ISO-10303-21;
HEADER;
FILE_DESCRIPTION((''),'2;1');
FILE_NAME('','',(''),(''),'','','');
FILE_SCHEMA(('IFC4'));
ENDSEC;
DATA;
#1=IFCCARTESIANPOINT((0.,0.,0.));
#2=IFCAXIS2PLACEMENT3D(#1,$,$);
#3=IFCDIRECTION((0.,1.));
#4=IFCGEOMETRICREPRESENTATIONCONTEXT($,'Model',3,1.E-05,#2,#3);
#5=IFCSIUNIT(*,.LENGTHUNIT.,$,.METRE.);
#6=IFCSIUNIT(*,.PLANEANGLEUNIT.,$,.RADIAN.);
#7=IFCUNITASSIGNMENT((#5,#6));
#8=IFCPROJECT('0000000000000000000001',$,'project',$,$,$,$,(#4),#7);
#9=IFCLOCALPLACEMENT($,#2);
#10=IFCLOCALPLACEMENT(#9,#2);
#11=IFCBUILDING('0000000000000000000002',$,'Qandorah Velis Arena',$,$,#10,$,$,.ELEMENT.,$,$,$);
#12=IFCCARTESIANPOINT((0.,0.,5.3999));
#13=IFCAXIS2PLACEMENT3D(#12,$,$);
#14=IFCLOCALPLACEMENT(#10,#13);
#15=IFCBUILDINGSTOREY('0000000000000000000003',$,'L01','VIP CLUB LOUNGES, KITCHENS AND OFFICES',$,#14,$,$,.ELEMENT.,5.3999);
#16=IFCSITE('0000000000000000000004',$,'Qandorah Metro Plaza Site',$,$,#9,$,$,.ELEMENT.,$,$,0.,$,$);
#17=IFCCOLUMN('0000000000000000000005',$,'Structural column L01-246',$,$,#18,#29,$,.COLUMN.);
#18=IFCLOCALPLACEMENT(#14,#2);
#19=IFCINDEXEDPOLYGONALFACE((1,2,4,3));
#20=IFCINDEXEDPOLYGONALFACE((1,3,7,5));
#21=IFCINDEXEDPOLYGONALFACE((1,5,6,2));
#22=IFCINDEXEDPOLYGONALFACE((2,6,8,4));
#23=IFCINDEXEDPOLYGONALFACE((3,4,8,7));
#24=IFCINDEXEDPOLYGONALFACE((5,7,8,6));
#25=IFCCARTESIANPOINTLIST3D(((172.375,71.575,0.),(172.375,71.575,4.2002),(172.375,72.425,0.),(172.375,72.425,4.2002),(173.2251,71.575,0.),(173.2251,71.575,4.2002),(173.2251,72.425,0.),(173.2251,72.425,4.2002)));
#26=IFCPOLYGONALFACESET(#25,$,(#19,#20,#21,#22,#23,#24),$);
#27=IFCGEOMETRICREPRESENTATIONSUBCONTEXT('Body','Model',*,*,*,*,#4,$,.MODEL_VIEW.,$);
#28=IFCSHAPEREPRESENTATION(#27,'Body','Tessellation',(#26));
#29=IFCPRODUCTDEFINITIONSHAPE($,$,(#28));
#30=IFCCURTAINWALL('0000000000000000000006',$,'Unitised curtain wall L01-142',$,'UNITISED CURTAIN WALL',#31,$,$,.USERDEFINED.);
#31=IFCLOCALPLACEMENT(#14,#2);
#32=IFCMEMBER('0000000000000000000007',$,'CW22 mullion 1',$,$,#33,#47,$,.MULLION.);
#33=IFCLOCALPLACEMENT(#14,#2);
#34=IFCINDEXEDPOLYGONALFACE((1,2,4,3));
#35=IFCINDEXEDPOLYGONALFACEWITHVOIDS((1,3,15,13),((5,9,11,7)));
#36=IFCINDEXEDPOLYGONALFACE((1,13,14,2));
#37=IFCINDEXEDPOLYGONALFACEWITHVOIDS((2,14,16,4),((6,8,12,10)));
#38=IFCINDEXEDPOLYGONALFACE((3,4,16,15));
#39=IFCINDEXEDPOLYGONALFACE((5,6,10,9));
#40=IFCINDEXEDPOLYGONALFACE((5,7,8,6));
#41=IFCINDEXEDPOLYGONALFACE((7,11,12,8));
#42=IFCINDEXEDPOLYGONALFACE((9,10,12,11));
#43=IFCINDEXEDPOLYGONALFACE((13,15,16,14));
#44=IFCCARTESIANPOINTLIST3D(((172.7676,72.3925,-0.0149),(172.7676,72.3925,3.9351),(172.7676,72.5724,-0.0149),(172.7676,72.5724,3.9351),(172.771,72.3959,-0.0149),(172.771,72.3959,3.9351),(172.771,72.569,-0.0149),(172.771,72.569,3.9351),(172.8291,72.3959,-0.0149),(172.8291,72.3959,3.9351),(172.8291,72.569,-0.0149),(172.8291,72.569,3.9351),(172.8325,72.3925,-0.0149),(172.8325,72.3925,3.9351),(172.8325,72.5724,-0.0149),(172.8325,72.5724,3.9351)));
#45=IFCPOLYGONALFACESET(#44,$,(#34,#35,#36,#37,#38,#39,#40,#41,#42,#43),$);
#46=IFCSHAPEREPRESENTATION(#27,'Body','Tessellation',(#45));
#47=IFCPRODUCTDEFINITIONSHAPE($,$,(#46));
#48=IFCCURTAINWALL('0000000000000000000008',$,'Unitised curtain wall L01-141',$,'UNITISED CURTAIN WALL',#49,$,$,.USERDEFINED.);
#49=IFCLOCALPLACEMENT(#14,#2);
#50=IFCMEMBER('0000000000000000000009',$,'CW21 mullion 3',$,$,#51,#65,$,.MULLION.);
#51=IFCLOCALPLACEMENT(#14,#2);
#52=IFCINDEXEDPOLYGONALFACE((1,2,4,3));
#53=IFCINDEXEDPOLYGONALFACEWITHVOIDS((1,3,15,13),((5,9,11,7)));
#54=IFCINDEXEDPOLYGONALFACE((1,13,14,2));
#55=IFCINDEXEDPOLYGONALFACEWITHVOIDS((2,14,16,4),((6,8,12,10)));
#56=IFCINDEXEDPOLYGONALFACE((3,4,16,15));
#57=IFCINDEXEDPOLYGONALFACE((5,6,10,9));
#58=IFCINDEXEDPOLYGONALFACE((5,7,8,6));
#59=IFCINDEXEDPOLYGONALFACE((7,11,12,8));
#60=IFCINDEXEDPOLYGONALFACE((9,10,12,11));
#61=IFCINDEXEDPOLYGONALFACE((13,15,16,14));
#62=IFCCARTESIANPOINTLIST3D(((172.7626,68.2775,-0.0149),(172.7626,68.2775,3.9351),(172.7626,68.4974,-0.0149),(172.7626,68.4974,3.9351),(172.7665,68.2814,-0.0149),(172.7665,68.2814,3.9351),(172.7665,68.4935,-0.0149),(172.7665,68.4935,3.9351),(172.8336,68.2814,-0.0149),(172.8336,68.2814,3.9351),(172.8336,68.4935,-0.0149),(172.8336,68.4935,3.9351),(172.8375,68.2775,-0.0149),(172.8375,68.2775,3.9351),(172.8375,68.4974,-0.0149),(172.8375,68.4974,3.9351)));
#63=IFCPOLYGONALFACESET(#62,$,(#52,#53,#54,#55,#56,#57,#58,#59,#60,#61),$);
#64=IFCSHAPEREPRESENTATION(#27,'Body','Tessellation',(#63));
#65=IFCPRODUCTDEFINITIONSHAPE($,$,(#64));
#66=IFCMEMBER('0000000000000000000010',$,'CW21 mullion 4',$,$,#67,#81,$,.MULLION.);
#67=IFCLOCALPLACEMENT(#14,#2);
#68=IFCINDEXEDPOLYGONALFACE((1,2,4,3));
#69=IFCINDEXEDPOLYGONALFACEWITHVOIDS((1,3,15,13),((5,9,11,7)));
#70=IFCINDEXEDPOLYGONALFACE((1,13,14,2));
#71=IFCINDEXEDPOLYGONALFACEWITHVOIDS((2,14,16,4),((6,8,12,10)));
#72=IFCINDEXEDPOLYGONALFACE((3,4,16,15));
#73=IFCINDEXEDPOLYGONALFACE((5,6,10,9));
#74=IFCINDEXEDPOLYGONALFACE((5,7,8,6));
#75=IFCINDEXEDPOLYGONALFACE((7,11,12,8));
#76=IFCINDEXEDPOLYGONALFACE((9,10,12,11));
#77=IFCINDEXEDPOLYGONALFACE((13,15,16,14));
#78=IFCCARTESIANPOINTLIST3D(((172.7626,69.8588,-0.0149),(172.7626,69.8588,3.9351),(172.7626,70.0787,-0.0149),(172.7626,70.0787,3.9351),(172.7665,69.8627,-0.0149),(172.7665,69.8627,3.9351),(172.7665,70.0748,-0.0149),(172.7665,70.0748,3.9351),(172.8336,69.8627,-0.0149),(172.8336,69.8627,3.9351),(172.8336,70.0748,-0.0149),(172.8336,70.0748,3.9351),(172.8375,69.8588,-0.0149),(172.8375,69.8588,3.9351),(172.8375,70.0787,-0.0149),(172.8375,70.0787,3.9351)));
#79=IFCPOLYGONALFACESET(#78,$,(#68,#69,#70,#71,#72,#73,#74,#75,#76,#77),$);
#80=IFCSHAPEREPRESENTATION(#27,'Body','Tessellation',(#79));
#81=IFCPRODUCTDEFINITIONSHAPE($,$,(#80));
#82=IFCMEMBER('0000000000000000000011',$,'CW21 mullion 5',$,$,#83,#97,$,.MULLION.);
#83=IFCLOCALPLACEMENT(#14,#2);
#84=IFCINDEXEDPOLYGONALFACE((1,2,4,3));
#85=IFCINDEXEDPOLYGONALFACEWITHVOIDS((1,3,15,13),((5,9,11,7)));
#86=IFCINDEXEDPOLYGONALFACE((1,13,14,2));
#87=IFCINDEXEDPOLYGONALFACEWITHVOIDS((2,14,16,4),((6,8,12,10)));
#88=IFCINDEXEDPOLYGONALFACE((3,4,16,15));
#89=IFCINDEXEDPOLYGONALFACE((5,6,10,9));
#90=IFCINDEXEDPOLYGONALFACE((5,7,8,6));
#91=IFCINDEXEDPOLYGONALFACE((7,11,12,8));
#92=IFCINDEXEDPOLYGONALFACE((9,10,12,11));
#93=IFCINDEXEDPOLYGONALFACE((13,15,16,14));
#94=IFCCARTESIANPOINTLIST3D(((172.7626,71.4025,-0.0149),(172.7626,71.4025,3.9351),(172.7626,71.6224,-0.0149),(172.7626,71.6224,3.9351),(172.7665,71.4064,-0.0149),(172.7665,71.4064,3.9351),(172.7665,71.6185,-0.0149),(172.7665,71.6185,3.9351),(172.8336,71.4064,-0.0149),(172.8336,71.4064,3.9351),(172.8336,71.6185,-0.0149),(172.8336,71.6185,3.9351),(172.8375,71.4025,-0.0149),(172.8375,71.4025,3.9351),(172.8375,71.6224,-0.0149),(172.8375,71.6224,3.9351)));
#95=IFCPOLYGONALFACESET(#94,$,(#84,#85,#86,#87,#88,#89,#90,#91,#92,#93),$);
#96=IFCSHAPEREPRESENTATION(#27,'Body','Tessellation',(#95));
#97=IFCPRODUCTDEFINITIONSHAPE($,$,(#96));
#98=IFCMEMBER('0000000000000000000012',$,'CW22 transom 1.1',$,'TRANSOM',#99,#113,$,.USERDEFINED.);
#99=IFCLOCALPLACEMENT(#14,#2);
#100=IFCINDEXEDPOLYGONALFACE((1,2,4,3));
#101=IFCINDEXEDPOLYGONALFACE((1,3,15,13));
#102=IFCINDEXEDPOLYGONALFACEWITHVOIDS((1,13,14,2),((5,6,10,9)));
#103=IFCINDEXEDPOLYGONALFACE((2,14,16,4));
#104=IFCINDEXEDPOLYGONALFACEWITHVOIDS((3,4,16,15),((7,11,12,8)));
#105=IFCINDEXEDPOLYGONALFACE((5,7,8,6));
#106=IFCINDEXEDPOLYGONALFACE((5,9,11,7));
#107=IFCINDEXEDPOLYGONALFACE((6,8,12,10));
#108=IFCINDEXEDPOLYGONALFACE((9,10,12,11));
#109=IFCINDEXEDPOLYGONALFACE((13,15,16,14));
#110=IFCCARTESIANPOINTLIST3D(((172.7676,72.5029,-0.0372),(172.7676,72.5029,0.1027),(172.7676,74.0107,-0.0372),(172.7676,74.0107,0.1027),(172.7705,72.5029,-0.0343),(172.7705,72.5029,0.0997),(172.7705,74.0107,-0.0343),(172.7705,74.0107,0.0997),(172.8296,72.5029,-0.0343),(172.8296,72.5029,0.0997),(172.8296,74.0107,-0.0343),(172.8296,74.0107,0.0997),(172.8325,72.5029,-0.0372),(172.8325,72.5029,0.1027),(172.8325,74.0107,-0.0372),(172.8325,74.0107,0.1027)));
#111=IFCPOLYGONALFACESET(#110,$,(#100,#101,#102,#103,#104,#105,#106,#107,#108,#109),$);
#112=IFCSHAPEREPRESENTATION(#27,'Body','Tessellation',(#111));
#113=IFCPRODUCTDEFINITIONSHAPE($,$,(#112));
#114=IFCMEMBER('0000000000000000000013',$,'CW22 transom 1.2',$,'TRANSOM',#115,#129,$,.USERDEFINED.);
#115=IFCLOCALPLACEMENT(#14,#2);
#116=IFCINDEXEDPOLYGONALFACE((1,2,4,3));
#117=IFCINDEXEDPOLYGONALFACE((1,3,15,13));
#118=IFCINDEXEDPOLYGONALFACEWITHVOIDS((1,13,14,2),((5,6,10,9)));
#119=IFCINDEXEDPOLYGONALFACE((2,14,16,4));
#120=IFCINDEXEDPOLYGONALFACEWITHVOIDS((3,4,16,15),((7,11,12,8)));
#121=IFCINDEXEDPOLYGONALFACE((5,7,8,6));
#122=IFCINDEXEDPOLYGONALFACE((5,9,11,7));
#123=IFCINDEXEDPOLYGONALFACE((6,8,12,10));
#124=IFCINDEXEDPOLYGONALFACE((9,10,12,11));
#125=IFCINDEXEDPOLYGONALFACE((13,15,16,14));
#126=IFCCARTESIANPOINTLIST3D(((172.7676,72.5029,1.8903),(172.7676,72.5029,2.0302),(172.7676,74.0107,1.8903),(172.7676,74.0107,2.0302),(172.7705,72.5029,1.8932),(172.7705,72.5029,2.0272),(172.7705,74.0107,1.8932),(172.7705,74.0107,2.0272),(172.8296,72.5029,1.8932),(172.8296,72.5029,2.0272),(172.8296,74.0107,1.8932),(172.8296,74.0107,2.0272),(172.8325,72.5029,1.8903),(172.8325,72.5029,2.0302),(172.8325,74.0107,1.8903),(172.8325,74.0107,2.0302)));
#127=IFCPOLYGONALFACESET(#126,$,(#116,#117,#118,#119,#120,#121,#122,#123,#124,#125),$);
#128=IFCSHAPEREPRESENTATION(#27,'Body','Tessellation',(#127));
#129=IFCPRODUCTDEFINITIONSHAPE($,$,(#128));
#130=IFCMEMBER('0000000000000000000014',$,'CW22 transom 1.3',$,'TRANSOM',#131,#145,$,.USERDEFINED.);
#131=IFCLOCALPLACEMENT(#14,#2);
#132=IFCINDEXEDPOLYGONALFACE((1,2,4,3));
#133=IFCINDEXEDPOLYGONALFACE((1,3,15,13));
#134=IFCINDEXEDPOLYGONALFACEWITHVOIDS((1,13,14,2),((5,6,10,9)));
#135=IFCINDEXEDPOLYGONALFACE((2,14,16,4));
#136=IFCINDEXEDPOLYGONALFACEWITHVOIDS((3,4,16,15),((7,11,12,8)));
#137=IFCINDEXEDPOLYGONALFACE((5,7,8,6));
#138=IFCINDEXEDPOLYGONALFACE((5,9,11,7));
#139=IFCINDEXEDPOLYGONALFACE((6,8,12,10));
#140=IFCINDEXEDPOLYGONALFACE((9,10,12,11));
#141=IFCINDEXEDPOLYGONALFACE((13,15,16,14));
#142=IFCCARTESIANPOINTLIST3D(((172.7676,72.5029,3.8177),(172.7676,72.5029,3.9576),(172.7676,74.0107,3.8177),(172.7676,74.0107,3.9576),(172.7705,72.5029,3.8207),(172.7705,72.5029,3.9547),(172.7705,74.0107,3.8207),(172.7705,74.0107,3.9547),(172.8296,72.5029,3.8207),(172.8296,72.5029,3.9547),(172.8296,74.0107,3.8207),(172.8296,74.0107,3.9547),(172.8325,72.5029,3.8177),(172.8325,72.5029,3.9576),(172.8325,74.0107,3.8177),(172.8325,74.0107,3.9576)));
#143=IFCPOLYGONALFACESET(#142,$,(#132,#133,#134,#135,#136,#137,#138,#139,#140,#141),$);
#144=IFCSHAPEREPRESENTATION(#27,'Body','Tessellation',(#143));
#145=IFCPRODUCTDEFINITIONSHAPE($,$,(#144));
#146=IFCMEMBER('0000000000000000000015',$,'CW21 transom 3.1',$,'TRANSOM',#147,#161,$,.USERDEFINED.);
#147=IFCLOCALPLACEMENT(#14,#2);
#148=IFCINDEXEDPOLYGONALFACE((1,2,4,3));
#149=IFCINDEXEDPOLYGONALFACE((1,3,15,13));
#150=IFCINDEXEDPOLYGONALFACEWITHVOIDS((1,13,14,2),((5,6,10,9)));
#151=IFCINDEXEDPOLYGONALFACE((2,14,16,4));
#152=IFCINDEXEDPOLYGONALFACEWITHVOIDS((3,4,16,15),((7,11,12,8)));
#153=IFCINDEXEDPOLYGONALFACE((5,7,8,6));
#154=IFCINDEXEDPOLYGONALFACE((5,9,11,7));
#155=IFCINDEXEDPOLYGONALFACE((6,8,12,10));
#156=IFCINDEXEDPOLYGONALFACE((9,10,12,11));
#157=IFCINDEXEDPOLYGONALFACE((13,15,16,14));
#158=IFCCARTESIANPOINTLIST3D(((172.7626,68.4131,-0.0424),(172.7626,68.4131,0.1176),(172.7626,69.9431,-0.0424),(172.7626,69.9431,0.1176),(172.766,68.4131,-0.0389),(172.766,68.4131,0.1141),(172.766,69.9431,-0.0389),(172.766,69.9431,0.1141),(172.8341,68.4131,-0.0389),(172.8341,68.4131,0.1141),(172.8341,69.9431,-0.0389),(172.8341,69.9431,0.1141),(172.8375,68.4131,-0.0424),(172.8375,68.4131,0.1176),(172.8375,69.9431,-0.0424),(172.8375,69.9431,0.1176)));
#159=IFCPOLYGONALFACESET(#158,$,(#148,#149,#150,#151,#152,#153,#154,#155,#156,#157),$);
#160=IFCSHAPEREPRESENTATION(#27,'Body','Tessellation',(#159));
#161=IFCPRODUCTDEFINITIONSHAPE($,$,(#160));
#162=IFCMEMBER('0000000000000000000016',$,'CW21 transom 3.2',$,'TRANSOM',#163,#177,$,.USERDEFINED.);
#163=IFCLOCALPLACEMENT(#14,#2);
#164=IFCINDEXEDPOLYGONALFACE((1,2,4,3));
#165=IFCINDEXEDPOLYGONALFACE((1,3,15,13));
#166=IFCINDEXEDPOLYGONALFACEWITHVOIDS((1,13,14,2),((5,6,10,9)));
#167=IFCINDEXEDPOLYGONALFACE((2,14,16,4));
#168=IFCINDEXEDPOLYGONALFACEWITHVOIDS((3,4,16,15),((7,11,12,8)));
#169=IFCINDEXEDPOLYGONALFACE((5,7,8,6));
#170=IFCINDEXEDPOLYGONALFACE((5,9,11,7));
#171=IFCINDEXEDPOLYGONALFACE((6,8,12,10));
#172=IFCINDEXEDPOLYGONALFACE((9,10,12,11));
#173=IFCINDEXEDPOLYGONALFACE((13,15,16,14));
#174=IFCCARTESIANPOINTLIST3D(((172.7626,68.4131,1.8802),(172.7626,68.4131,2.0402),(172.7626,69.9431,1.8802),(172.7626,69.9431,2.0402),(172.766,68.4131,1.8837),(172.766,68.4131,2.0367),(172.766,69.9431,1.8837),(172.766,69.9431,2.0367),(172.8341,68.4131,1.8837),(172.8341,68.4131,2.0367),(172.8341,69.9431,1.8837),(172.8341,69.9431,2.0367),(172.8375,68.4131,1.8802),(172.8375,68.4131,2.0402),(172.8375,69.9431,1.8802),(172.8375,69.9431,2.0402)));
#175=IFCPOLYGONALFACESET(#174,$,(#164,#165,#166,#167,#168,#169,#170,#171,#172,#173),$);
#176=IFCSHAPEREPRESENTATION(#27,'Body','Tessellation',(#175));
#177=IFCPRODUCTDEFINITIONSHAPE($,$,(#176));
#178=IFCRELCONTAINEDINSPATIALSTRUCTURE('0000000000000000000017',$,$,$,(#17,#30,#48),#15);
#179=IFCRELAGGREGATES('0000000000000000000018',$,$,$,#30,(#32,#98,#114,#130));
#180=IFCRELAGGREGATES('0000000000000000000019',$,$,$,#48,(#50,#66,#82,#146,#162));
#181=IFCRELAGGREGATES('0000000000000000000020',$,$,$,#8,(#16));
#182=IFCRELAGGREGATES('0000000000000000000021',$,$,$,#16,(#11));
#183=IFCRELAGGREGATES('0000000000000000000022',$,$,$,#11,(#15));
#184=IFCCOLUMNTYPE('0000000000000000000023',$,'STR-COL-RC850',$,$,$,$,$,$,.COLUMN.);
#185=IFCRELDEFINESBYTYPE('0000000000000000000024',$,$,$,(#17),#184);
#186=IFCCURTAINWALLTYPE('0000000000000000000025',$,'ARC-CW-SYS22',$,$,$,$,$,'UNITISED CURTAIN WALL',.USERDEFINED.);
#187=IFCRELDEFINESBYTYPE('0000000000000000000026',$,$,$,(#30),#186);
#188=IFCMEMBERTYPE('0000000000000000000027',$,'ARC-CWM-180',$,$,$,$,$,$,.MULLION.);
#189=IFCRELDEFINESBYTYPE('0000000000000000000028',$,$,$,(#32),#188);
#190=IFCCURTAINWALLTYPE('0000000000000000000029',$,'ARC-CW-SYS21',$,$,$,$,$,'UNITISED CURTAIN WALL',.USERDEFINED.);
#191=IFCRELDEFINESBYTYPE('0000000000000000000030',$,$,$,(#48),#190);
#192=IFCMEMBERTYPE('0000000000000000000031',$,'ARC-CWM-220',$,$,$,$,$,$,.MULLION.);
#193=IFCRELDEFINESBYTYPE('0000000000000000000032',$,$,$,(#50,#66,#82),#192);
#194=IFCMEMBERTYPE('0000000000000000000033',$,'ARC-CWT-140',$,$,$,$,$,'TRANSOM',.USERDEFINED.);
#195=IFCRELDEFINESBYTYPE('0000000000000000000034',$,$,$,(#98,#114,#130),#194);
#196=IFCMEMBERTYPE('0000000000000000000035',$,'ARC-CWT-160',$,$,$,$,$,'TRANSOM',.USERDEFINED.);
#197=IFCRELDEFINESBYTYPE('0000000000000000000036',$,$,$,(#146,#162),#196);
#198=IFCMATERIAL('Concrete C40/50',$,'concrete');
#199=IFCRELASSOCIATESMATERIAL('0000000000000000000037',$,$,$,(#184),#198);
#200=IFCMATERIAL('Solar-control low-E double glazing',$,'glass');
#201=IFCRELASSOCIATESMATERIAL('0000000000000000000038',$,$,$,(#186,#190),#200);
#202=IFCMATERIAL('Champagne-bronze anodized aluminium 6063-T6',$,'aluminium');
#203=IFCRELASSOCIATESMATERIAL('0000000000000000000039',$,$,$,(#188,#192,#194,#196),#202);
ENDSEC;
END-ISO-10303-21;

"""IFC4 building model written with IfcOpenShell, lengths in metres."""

from ifc_helpers import new_model, si_unit, direction, frame, origin, origin_2d, place, context, subcontext, project, spatial, rectangle, hollow_rectangle, extrude, material, material_profile, profile_set, type_object, element, aggregate, save


model = new_model("IFC4")

# Units and contexts
model_context = context("Model", 3, precision=1e-05, world=origin(), true_north=direction((0.0, 1.0)))
body_context = subcontext(model_context, "Body", "Model", "MODEL_VIEW")
ifc_project = project(units=[si_unit("LENGTHUNIT", "METRE"), si_unit("PLANEANGLEUNIT", "RADIAN")], contexts=[model_context])

# Site, building, storey
site_placement = place(None, origin())
site = spatial("IfcSite", under=ifc_project, at=site_placement, Name="Qandorah Metro Plaza Site", CompositionType="ELEMENT", RefElevation=0.0)
building_placement = place(site_placement, origin())
building = spatial("IfcBuilding", under=site, at=building_placement, Name="Qandorah Velis Arena", CompositionType="ELEMENT")
storey_placement = place(building_placement, frame((0.0, 0.0, 5.3999)))
storey = spatial("IfcBuildingStorey", under=building, at=storey_placement, Name="L01", Description="VIP CLUB LOUNGES, KITCHENS AND OFFICES", CompositionType="ELEMENT", Elevation=5.3999)

# Column
ifc_material_1 = material(Name="Concrete C40/50", Category="concrete")
ifc_material_profile_1 = material_profile(ifc_material_1, rectangle(XDim=0.8501, YDim=0.8501, at=origin_2d()), Name="RC COL 850x850")
ifc_profile_set_1 = profile_set([ifc_material_profile_1], Name="Concrete C40/50")
column_type = type_object("IfcColumnType", Name="STR-COL-RC850", PredefinedType="COLUMN", material=ifc_profile_set_1)
column_placement = place(storey_placement, frame((172.8, 72.0, 0.0), z_axis=(0.0, 0.0, 1.0), x_axis=(1.0, 0.0, 0.0)))
element("IfcColumn", 1, at=column_placement, inside=storey, type_object=column_type, Name="Structural column L01-246", PredefinedType="COLUMN", context=body_context, shape_type="SweptSolid", body=[
    extrude(rectangle(XDim=0.8501, YDim=0.8501, at=origin_2d()), origin(), (0.0, 0.0, 1.0), 4.2002),
])

# Curtain wall, member
ifc_material_2 = material(Name="Solar-control low-E double glazing", Category="glass")
curtain_wall_type_1 = type_object("IfcCurtainWallType", Name="ARC-CW-SYS22", ElementType="UNITISED CURTAIN WALL", PredefinedType="USERDEFINED", material=ifc_material_2)
curtain_wall_1_placement = place(storey_placement, origin())
curtain_wall_1 = element("IfcCurtainWall", 2, at=curtain_wall_1_placement, inside=storey, type_object=curtain_wall_type_1, Name="Unitised curtain wall L01-142", ObjectType="UNITISED CURTAIN WALL", PredefinedType="USERDEFINED")
ifc_material_3 = material(Name="Champagne-bronze anodized aluminium 6063-T6", Category="aluminium")
ifc_material_profile_2 = material_profile(ifc_material_3, hollow_rectangle(XDim=0.0649, YDim=0.1799, WallThickness=0.0034, at=origin_2d()), Name="ALU MULLION 65x180")
ifc_profile_set_2 = profile_set([ifc_material_profile_2], Name="Champagne-bronze anodized aluminium 6063-T6")
member_type_1 = type_object("IfcMemberType", Name="ARC-CWM-180", PredefinedType="MULLION", material=ifc_profile_set_2)
member_1_placement = place(storey_placement, frame((172.8, 72.4824, -0.0149), z_axis=(0.0, 0.0, 1.0), x_axis=(-1.0, 0.0, 0.0)))
member_1 = element("IfcMember", 3, at=member_1_placement, type_object=member_type_1, Name="CW22 mullion 1", PredefinedType="MULLION", context=body_context, shape_type="SweptSolid", body=[
    extrude(hollow_rectangle(XDim=0.0649, YDim=0.1799, WallThickness=0.0034, at=origin_2d()), origin(), (0.0, 0.0, 1.0), 3.95),
])

# Curtain wall, members
curtain_wall_type_2 = type_object("IfcCurtainWallType", Name="ARC-CW-SYS21", ElementType="UNITISED CURTAIN WALL", PredefinedType="USERDEFINED", material=ifc_material_2)
curtain_wall_2_placement = place(storey_placement, origin())
curtain_wall_2 = element("IfcCurtainWall", 4, at=curtain_wall_2_placement, inside=storey, type_object=curtain_wall_type_2, Name="Unitised curtain wall L01-141", ObjectType="UNITISED CURTAIN WALL", PredefinedType="USERDEFINED")
ifc_material_profile_3 = material_profile(ifc_material_3, hollow_rectangle(XDim=0.075, YDim=0.22, WallThickness=0.0039, at=origin_2d()), Name="ALU MULLION 75x220")
ifc_profile_set_3 = profile_set([ifc_material_profile_3], Name="Champagne-bronze anodized aluminium 6063-T6")
member_type_2 = type_object("IfcMemberType", Name="ARC-CWM-220", PredefinedType="MULLION", material=ifc_profile_set_3)
member_2_placement = place(storey_placement, frame((172.8, 68.3875, -0.0149), z_axis=(0.0, 0.0, 1.0), x_axis=(-1.0, 0.0, 0.0)))
member_2 = element("IfcMember", 5, at=member_2_placement, type_object=member_type_2, Name="CW21 mullion 3", PredefinedType="MULLION", context=body_context, shape_type="SweptSolid", body=[
    extrude(hollow_rectangle(XDim=0.075, YDim=0.22, WallThickness=0.0039, at=origin_2d()), origin(), (0.0, 0.0, 1.0), 3.95),
])
member_3_placement = place(storey_placement, frame((172.8, 69.9688, -0.0149), z_axis=(0.0, 0.0, 1.0), x_axis=(-1.0, 0.0, 0.0)))
member_3 = element("IfcMember", 6, at=member_3_placement, type_object=member_type_2, Name="CW21 mullion 4", PredefinedType="MULLION", context=body_context, shape_type="SweptSolid", body=[
    extrude(hollow_rectangle(XDim=0.075, YDim=0.22, WallThickness=0.0039, at=origin_2d()), origin(), (0.0, 0.0, 1.0), 3.95),
])
member_4_placement = place(storey_placement, frame((172.8, 71.5125, -0.0149), z_axis=(0.0, 0.0, 1.0), x_axis=(-1.0, 0.0, 0.0)))
member_4 = element("IfcMember", 7, at=member_4_placement, type_object=member_type_2, Name="CW21 mullion 5", PredefinedType="MULLION", context=body_context, shape_type="SweptSolid", body=[
    extrude(hollow_rectangle(XDim=0.075, YDim=0.22, WallThickness=0.0039, at=origin_2d()), origin(), (0.0, 0.0, 1.0), 3.95),
])

# Members
ifc_material_profile_4 = material_profile(ifc_material_3, hollow_rectangle(XDim=0.0649, YDim=0.1399, WallThickness=0.0029, at=origin_2d()), Name="ALU TRANSOM 65x140")
ifc_profile_set_4 = profile_set([ifc_material_profile_4], Name="Champagne-bronze anodized aluminium 6063-T6")
member_type_3 = type_object("IfcMemberType", Name="ARC-CWT-140", ElementType="TRANSOM", PredefinedType="USERDEFINED", material=ifc_profile_set_4)
member_5_placement = place(storey_placement, frame((172.8, 72.5029, 0.0327), z_axis=(0.0, 1.0, 0.0), x_axis=(-1.0, 0.0, 0.0)))
member_5 = element("IfcMember", 8, at=member_5_placement, type_object=member_type_3, Name="CW22 transom 1.1", ObjectType="TRANSOM", PredefinedType="USERDEFINED", context=body_context, shape_type="SweptSolid", body=[
    extrude(hollow_rectangle(XDim=0.0649, YDim=0.1399, WallThickness=0.0029, at=origin_2d()), origin(), (0.0, 0.0, 1.0), 1.5078),
])
member_6_placement = place(storey_placement, frame((172.8, 72.5029, 1.9602), z_axis=(0.0, 1.0, 0.0), x_axis=(-1.0, 0.0, 0.0)))
member_6 = element("IfcMember", 9, at=member_6_placement, type_object=member_type_3, Name="CW22 transom 1.2", ObjectType="TRANSOM", PredefinedType="USERDEFINED", context=body_context, shape_type="SweptSolid", body=[
    extrude(hollow_rectangle(XDim=0.0649, YDim=0.1399, WallThickness=0.0029, at=origin_2d()), origin(), (0.0, 0.0, 1.0), 1.5078),
])
member_7_placement = place(storey_placement, frame((172.8, 72.5029, 3.8877), z_axis=(0.0, 1.0, 0.0), x_axis=(-1.0, 0.0, 0.0)))
member_7 = element("IfcMember", 10, at=member_7_placement, type_object=member_type_3, Name="CW22 transom 1.3", ObjectType="TRANSOM", PredefinedType="USERDEFINED", context=body_context, shape_type="SweptSolid", body=[
    extrude(hollow_rectangle(XDim=0.0649, YDim=0.1399, WallThickness=0.0029, at=origin_2d()), origin(), (0.0, 0.0, 1.0), 1.5078),
])
aggregate(curtain_wall_1, [member_1, member_5, member_6, member_7])
ifc_material_profile_5 = material_profile(ifc_material_3, hollow_rectangle(XDim=0.075, YDim=0.1599, WallThickness=0.0034, at=origin_2d()), Name="ALU TRANSOM 75x160")
ifc_profile_set_5 = profile_set([ifc_material_profile_5], Name="Champagne-bronze anodized aluminium 6063-T6")
member_type_4 = type_object("IfcMemberType", Name="ARC-CWT-160", ElementType="TRANSOM", PredefinedType="USERDEFINED", material=ifc_profile_set_5)
member_8_placement = place(storey_placement, frame((172.8, 68.4131, 0.0376), z_axis=(0.0, 1.0, 0.0), x_axis=(-1.0, 0.0, 0.0)))
member_8 = element("IfcMember", 11, at=member_8_placement, type_object=member_type_4, Name="CW21 transom 3.1", ObjectType="TRANSOM", PredefinedType="USERDEFINED", context=body_context, shape_type="SweptSolid", body=[
    extrude(hollow_rectangle(XDim=0.075, YDim=0.1599, WallThickness=0.0034, at=origin_2d()), origin(), (0.0, 0.0, 1.0), 1.53),
])
member_9_placement = place(storey_placement, frame((172.8, 68.4131, 1.9602), z_axis=(0.0, 1.0, 0.0), x_axis=(-1.0, 0.0, 0.0)))
member_9 = element("IfcMember", 12, at=member_9_placement, type_object=member_type_4, Name="CW21 transom 3.2", ObjectType="TRANSOM", PredefinedType="USERDEFINED", context=body_context, shape_type="SweptSolid", body=[
    extrude(hollow_rectangle(XDim=0.075, YDim=0.1599, WallThickness=0.0034, at=origin_2d()), origin(), (0.0, 0.0, 1.0), 1.53),
])

aggregate(curtain_wall_2, [member_2, member_3, member_4, member_8, member_9])

save(model, "model.ifc")
